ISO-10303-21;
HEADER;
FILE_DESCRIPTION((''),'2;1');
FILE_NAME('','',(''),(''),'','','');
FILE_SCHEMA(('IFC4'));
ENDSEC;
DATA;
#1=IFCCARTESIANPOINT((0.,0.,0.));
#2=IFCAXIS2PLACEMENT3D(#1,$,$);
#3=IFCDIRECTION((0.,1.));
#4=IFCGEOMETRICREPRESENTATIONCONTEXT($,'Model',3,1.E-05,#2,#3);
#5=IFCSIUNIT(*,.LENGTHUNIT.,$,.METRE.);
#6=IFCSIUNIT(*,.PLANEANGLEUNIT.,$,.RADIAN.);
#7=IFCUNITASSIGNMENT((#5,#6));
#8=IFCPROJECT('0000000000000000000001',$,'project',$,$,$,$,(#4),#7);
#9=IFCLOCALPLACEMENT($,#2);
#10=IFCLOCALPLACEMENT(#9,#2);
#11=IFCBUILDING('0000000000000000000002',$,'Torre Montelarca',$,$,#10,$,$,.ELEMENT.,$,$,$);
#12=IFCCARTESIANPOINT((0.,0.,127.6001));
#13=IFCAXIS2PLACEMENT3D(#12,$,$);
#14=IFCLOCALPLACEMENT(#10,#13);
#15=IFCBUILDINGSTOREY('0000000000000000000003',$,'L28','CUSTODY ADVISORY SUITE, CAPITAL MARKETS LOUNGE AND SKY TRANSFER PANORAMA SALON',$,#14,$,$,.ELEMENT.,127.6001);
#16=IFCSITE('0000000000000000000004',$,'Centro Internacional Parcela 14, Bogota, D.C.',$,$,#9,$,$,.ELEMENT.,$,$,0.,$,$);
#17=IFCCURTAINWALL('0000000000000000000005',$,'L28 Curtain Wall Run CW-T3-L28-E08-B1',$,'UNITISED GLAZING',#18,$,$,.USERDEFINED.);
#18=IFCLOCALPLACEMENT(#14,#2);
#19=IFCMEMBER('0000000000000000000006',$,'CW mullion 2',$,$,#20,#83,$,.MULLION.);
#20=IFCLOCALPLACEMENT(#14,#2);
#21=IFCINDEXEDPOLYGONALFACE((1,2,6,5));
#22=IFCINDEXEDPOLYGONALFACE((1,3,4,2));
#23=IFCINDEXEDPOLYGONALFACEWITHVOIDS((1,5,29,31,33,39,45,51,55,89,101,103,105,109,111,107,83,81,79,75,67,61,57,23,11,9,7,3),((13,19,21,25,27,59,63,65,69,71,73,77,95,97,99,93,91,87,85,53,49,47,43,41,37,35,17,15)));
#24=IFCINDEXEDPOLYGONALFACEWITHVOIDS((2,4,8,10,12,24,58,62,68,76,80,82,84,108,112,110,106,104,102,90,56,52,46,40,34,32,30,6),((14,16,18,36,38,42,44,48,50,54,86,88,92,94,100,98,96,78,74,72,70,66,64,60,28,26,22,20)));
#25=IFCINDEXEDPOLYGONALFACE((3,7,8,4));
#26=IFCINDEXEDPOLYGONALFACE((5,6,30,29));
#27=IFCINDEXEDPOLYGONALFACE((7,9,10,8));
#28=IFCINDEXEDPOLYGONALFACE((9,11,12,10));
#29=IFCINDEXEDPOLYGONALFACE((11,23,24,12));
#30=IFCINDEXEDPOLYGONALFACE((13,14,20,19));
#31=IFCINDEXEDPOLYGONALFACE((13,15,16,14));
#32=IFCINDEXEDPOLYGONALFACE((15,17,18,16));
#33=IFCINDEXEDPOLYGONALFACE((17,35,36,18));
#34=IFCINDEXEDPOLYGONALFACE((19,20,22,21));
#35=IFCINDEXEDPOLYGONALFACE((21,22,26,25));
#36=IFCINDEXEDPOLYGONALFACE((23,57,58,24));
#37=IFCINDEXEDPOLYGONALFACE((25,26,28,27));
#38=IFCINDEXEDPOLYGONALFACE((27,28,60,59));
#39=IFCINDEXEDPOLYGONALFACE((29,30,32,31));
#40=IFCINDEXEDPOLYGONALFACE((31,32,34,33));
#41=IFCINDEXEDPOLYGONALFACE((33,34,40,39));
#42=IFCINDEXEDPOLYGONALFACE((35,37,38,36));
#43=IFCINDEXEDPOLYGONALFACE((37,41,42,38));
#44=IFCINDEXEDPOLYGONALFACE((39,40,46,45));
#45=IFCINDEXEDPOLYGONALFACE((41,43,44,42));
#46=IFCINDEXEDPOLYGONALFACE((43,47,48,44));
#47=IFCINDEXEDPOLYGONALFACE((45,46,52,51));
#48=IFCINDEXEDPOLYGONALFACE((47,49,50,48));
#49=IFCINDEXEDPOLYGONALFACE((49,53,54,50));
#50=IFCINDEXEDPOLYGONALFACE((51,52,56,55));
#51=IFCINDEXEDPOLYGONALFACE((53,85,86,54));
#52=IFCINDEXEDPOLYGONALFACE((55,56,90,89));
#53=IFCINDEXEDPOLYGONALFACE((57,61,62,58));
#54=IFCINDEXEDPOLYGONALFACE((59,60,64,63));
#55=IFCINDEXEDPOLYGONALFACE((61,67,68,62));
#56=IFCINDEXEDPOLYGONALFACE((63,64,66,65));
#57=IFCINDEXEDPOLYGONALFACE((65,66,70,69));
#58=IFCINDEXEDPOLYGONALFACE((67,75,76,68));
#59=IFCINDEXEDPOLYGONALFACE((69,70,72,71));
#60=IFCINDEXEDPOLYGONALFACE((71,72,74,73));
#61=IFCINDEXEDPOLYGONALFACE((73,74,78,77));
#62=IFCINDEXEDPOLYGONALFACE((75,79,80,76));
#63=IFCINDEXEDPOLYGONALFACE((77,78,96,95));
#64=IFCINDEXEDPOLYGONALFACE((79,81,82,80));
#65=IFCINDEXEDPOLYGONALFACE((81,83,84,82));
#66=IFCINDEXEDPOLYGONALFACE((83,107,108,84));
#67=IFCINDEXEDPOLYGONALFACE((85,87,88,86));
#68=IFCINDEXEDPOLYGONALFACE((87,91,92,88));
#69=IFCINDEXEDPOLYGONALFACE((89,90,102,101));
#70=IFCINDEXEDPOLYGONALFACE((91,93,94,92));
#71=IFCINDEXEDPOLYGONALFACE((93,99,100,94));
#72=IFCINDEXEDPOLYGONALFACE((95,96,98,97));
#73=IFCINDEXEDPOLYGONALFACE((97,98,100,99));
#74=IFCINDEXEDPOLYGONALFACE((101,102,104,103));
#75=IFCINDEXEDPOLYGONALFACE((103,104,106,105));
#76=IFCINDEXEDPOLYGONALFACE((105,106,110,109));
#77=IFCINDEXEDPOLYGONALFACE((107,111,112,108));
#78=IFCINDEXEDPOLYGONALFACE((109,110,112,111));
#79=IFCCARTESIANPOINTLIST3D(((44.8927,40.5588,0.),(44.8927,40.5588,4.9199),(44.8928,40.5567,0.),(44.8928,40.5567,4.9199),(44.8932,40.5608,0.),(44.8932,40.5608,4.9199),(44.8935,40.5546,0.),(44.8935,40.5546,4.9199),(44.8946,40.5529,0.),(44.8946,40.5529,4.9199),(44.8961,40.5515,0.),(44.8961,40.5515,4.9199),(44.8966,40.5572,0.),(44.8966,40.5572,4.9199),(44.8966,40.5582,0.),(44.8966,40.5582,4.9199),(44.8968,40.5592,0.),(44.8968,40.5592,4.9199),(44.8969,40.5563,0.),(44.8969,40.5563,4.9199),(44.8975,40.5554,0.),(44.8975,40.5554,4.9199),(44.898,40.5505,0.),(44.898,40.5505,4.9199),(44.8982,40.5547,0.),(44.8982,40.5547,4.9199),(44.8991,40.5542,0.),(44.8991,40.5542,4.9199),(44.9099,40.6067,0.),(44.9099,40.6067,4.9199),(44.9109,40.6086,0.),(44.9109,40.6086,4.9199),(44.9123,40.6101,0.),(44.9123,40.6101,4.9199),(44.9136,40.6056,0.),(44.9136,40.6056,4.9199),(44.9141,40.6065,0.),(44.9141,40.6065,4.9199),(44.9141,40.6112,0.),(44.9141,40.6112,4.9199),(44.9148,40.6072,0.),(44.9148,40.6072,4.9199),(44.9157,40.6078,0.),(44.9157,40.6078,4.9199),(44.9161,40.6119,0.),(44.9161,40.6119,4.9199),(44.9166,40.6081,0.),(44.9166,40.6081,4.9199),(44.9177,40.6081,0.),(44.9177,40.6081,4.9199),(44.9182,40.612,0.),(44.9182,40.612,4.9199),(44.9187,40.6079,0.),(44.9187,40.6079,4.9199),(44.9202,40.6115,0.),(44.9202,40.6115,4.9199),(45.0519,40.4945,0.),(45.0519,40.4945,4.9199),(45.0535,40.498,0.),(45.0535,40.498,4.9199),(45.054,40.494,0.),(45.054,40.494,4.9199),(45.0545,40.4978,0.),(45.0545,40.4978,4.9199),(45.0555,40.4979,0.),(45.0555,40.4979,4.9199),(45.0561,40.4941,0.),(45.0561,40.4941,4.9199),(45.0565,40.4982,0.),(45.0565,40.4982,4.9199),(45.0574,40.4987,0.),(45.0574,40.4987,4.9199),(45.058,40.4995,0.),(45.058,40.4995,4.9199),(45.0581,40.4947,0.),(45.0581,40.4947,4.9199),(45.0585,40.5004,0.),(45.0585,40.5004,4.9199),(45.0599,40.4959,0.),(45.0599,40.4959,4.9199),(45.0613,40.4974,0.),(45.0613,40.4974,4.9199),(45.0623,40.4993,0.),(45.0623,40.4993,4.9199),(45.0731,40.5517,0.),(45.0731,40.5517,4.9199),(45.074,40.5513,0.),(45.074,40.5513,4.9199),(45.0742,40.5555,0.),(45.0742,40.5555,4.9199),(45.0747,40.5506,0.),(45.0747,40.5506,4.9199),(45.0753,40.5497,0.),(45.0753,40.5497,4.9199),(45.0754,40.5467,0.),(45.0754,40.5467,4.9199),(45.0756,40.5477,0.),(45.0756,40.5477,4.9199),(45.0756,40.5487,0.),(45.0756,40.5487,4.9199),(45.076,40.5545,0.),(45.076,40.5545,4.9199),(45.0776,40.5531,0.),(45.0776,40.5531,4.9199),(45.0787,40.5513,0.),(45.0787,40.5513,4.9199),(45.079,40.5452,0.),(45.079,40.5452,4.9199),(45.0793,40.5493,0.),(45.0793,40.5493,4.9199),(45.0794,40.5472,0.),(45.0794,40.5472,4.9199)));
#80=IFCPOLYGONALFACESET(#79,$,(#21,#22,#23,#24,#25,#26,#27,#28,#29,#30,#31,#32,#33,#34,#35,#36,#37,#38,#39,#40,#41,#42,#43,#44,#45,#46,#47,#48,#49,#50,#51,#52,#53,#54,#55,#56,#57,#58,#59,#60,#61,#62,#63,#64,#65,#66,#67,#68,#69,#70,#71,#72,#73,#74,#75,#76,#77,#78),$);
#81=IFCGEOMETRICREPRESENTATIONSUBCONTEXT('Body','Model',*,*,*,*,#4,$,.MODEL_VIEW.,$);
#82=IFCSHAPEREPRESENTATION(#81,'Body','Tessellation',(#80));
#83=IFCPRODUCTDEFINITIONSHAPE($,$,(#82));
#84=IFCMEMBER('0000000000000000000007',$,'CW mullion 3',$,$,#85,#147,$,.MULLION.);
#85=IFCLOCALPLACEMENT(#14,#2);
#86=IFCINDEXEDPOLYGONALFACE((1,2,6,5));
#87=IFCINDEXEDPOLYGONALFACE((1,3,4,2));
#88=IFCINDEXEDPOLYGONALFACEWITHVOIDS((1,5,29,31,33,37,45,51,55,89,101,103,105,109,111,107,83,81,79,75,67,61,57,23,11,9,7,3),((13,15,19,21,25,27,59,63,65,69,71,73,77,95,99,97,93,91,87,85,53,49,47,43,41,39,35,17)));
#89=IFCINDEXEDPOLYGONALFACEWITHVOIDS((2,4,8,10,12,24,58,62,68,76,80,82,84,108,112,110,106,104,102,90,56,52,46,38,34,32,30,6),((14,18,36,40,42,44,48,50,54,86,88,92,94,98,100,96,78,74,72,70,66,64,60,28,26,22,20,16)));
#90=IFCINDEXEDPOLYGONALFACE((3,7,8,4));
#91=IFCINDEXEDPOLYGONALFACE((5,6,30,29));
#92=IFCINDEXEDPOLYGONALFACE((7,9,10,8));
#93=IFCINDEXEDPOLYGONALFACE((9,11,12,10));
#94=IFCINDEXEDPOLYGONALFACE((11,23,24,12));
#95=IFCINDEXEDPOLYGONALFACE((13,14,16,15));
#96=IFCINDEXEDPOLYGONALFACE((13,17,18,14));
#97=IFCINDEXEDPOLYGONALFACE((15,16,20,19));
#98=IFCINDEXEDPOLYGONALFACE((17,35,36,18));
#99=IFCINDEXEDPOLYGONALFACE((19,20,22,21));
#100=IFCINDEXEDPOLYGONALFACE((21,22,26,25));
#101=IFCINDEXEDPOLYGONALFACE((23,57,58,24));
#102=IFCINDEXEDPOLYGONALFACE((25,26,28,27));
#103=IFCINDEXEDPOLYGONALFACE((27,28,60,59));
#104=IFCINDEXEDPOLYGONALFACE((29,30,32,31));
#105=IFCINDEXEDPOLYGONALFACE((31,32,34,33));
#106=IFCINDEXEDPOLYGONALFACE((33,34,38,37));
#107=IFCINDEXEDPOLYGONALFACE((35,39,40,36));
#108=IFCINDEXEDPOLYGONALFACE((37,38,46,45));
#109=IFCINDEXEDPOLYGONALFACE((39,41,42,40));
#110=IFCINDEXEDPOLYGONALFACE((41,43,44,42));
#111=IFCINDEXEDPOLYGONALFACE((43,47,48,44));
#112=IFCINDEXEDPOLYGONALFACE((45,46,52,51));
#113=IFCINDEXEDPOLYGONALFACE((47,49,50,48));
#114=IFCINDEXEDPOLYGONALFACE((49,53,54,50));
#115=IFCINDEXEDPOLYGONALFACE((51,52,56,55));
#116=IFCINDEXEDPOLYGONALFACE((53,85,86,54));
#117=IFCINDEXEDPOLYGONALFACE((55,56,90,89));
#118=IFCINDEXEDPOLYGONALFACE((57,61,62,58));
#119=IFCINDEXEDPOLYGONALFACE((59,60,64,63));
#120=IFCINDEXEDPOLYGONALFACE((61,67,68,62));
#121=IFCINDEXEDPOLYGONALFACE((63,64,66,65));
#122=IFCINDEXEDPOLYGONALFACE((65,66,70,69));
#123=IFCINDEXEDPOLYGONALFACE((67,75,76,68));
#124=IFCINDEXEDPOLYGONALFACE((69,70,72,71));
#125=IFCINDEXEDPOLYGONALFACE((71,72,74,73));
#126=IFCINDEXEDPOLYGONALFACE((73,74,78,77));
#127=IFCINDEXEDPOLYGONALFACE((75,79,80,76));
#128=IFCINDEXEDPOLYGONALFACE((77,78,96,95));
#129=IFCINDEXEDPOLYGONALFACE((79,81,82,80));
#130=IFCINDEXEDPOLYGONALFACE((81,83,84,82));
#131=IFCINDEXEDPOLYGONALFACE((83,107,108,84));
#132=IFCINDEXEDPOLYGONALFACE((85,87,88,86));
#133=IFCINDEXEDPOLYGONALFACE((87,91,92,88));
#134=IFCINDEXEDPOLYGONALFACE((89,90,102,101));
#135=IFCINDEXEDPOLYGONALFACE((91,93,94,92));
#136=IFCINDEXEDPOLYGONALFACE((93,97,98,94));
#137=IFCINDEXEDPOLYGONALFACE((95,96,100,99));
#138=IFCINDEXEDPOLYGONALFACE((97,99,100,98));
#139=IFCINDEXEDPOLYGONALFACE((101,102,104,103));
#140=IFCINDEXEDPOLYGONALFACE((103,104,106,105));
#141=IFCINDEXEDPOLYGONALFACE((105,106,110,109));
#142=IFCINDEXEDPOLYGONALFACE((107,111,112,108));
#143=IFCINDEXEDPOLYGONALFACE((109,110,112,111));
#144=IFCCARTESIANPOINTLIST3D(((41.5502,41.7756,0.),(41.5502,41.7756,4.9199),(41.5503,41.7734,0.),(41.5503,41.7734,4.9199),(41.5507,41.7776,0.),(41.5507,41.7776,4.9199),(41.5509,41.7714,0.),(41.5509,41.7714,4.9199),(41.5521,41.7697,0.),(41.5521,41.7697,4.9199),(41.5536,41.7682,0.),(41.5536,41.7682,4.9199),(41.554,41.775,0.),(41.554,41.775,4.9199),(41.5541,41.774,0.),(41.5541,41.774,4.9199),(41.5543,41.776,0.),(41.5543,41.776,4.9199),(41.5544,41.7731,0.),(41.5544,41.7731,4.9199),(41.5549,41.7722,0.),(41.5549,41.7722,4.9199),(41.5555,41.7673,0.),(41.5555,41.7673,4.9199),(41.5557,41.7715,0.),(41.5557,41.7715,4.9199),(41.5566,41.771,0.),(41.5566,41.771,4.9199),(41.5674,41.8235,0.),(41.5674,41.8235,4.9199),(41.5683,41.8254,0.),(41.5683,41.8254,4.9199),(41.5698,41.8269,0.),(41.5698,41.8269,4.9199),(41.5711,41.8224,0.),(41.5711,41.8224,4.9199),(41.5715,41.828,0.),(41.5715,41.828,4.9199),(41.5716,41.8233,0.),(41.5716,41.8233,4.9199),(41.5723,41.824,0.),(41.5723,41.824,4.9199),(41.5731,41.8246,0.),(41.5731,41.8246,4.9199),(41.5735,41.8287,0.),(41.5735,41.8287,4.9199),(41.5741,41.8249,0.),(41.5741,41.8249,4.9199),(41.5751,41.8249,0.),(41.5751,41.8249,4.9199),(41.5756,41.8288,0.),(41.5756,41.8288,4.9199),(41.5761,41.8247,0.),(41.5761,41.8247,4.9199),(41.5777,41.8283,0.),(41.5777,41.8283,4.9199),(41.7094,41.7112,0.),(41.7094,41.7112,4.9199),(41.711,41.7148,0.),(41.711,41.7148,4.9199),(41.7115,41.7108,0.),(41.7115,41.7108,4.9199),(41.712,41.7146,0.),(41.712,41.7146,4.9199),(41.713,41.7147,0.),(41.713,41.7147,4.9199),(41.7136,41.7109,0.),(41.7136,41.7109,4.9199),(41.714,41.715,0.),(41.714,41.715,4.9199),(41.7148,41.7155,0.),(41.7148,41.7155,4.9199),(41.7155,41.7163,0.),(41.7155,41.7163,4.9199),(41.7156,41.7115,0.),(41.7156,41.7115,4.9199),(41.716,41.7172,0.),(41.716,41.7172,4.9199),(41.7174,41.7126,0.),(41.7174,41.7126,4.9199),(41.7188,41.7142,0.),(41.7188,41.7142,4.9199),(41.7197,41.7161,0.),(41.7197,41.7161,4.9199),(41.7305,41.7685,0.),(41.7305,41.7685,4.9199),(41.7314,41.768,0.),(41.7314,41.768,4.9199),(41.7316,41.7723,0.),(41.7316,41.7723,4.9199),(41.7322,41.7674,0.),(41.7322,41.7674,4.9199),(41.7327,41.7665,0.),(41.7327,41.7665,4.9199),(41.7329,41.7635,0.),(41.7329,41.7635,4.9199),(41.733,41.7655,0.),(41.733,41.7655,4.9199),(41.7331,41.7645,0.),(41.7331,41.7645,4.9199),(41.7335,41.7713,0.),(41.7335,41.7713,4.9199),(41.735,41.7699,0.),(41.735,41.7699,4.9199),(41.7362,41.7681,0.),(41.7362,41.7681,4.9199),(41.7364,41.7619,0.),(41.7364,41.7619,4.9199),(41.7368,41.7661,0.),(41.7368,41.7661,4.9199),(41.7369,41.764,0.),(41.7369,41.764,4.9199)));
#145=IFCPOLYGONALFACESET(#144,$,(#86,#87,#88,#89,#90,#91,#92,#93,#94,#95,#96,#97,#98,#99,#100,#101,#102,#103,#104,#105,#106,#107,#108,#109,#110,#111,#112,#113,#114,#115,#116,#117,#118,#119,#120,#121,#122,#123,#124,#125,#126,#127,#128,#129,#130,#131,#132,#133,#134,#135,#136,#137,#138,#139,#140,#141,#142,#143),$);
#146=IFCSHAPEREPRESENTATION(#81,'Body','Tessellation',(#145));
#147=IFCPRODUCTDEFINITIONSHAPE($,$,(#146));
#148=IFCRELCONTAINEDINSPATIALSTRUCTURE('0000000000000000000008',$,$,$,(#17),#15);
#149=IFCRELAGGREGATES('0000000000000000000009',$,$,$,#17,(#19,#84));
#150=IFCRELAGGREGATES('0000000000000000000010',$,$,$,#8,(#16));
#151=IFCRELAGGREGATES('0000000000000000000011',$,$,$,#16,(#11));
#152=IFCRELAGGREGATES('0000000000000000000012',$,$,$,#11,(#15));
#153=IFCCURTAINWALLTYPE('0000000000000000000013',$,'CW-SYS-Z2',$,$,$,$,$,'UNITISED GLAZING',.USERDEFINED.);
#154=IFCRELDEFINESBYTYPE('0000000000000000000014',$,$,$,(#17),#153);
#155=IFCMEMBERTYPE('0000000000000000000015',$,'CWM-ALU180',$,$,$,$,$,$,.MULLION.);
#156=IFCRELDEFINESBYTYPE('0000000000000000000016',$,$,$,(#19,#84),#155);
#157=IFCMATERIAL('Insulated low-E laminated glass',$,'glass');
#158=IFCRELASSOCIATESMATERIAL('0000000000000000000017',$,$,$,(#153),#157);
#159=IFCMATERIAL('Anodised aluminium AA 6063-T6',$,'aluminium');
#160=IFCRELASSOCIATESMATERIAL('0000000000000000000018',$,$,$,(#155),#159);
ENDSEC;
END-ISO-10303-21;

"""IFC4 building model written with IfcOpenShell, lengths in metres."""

from ifc_helpers import new_model, si_unit, direction, frame, origin, origin_2d, place, context, subcontext, project, spatial, hollow_rectangle, extrude, source, transform, mapped, material, material_profile, profile_set, type_object, element, aggregate, save


model = new_model("IFC4")

# Units and contexts
model_context = context("Model", 3, precision=1e-05, world=origin(), true_north=direction((0.0, 1.0)))
body_context = subcontext(model_context, "Body", "Model", "MODEL_VIEW")
ifc_project = project(units=[si_unit("LENGTHUNIT", "METRE"), si_unit("PLANEANGLEUNIT", "RADIAN")], contexts=[model_context])

# Site, building, storey
site_placement = place(None, origin())
site = spatial("IfcSite", under=ifc_project, at=site_placement, Name="Centro Internacional Parcela 14, Bogota, D.C.", CompositionType="ELEMENT", RefElevation=0.0)
building_placement = place(site_placement, origin())
building = spatial("IfcBuilding", under=site, at=building_placement, Name="Torre Montelarca", CompositionType="ELEMENT")
storey_placement = place(building_placement, frame((0.0, 0.0, 127.6001)))
storey = spatial("IfcBuildingStorey", under=building, at=storey_placement, Name="L28", Description="CUSTODY ADVISORY SUITE, CAPITAL MARKETS LOUNGE AND SKY TRANSFER PANORAMA SALON", CompositionType="ELEMENT", Elevation=127.6001)

# Curtain wall, members
ifc_material_1 = material(Name="Insulated low-E laminated glass", Category="glass")
curtain_wall_type = type_object("IfcCurtainWallType", Name="CW-SYS-Z2", ElementType="UNITISED GLAZING", PredefinedType="USERDEFINED", material=ifc_material_1)
ifc_material_2 = material(Name="Anodised aluminium AA 6063-T6", Category="aluminium")
ifc_material_profile_1 = material_profile(ifc_material_2, hollow_rectangle(XDim=0.0649, YDim=0.1799, WallThickness=0.0039, InnerFilletRadius=0.0039, OuterFilletRadius=0.0081, at=origin_2d()), Name="ALU65X180X4", Category="aluminium")
ifc_profile_set_1 = profile_set([ifc_material_profile_1], Name="Anodised aluminium AA 6063-T6")
member_type_1 = type_object("IfcMemberType", Name="CWM-ALU180", PredefinedType="MULLION", material=ifc_profile_set_1)
shared_shape_1 = source(origin(), body_context, "Body", "SweptSolid", [
    extrude(hollow_rectangle(XDim=0.0649, YDim=0.1799, WallThickness=0.0039, InnerFilletRadius=0.0039, OuterFilletRadius=0.0081, at=origin_2d()), origin(), (0.0, 0.0, 1.0), 4.9199),
])
curtain_wall_1_placement = place(storey_placement, origin())
curtain_wall_1 = element("IfcCurtainWall", 1, at=curtain_wall_1_placement, inside=storey, type_object=curtain_wall_type, Name="L28 Curtain Wall Run CW-T3-L28-E08-B1", ObjectType="UNITISED GLAZING", PredefinedType="USERDEFINED")
member_1_placement = place(storey_placement, frame((44.9861, 40.553, 0.0), z_axis=(0.0, 0.0, 1.0), x_axis=(-0.342018, -0.939693, 0.0)))
member_1 = element("IfcMember", 2, at=member_1_placement, type_object=member_type_1, Name="CW mullion 2", PredefinedType="MULLION", context=body_context, shape_type="MappedRepresentation", body=[
    mapped(shared_shape_1, transform((0.0, 0.0, 0.0), scale=1.0)),
])
member_2_placement = place(storey_placement, frame((41.6436, 41.7698, 0.0), z_axis=(0.0, 0.0, 1.0), x_axis=(-0.342018, -0.939693, 0.0)))
member_2 = element("IfcMember", 3, at=member_2_placement, type_object=member_type_1, Name="CW mullion 3", PredefinedType="MULLION", context=body_context, shape_type="MappedRepresentation", body=[
    mapped(shared_shape_1, transform((0.0, 0.0, 0.0), scale=1.0)),
])

aggregate(curtain_wall_1, [member_1, member_2])

save(model, "model.ifc")
